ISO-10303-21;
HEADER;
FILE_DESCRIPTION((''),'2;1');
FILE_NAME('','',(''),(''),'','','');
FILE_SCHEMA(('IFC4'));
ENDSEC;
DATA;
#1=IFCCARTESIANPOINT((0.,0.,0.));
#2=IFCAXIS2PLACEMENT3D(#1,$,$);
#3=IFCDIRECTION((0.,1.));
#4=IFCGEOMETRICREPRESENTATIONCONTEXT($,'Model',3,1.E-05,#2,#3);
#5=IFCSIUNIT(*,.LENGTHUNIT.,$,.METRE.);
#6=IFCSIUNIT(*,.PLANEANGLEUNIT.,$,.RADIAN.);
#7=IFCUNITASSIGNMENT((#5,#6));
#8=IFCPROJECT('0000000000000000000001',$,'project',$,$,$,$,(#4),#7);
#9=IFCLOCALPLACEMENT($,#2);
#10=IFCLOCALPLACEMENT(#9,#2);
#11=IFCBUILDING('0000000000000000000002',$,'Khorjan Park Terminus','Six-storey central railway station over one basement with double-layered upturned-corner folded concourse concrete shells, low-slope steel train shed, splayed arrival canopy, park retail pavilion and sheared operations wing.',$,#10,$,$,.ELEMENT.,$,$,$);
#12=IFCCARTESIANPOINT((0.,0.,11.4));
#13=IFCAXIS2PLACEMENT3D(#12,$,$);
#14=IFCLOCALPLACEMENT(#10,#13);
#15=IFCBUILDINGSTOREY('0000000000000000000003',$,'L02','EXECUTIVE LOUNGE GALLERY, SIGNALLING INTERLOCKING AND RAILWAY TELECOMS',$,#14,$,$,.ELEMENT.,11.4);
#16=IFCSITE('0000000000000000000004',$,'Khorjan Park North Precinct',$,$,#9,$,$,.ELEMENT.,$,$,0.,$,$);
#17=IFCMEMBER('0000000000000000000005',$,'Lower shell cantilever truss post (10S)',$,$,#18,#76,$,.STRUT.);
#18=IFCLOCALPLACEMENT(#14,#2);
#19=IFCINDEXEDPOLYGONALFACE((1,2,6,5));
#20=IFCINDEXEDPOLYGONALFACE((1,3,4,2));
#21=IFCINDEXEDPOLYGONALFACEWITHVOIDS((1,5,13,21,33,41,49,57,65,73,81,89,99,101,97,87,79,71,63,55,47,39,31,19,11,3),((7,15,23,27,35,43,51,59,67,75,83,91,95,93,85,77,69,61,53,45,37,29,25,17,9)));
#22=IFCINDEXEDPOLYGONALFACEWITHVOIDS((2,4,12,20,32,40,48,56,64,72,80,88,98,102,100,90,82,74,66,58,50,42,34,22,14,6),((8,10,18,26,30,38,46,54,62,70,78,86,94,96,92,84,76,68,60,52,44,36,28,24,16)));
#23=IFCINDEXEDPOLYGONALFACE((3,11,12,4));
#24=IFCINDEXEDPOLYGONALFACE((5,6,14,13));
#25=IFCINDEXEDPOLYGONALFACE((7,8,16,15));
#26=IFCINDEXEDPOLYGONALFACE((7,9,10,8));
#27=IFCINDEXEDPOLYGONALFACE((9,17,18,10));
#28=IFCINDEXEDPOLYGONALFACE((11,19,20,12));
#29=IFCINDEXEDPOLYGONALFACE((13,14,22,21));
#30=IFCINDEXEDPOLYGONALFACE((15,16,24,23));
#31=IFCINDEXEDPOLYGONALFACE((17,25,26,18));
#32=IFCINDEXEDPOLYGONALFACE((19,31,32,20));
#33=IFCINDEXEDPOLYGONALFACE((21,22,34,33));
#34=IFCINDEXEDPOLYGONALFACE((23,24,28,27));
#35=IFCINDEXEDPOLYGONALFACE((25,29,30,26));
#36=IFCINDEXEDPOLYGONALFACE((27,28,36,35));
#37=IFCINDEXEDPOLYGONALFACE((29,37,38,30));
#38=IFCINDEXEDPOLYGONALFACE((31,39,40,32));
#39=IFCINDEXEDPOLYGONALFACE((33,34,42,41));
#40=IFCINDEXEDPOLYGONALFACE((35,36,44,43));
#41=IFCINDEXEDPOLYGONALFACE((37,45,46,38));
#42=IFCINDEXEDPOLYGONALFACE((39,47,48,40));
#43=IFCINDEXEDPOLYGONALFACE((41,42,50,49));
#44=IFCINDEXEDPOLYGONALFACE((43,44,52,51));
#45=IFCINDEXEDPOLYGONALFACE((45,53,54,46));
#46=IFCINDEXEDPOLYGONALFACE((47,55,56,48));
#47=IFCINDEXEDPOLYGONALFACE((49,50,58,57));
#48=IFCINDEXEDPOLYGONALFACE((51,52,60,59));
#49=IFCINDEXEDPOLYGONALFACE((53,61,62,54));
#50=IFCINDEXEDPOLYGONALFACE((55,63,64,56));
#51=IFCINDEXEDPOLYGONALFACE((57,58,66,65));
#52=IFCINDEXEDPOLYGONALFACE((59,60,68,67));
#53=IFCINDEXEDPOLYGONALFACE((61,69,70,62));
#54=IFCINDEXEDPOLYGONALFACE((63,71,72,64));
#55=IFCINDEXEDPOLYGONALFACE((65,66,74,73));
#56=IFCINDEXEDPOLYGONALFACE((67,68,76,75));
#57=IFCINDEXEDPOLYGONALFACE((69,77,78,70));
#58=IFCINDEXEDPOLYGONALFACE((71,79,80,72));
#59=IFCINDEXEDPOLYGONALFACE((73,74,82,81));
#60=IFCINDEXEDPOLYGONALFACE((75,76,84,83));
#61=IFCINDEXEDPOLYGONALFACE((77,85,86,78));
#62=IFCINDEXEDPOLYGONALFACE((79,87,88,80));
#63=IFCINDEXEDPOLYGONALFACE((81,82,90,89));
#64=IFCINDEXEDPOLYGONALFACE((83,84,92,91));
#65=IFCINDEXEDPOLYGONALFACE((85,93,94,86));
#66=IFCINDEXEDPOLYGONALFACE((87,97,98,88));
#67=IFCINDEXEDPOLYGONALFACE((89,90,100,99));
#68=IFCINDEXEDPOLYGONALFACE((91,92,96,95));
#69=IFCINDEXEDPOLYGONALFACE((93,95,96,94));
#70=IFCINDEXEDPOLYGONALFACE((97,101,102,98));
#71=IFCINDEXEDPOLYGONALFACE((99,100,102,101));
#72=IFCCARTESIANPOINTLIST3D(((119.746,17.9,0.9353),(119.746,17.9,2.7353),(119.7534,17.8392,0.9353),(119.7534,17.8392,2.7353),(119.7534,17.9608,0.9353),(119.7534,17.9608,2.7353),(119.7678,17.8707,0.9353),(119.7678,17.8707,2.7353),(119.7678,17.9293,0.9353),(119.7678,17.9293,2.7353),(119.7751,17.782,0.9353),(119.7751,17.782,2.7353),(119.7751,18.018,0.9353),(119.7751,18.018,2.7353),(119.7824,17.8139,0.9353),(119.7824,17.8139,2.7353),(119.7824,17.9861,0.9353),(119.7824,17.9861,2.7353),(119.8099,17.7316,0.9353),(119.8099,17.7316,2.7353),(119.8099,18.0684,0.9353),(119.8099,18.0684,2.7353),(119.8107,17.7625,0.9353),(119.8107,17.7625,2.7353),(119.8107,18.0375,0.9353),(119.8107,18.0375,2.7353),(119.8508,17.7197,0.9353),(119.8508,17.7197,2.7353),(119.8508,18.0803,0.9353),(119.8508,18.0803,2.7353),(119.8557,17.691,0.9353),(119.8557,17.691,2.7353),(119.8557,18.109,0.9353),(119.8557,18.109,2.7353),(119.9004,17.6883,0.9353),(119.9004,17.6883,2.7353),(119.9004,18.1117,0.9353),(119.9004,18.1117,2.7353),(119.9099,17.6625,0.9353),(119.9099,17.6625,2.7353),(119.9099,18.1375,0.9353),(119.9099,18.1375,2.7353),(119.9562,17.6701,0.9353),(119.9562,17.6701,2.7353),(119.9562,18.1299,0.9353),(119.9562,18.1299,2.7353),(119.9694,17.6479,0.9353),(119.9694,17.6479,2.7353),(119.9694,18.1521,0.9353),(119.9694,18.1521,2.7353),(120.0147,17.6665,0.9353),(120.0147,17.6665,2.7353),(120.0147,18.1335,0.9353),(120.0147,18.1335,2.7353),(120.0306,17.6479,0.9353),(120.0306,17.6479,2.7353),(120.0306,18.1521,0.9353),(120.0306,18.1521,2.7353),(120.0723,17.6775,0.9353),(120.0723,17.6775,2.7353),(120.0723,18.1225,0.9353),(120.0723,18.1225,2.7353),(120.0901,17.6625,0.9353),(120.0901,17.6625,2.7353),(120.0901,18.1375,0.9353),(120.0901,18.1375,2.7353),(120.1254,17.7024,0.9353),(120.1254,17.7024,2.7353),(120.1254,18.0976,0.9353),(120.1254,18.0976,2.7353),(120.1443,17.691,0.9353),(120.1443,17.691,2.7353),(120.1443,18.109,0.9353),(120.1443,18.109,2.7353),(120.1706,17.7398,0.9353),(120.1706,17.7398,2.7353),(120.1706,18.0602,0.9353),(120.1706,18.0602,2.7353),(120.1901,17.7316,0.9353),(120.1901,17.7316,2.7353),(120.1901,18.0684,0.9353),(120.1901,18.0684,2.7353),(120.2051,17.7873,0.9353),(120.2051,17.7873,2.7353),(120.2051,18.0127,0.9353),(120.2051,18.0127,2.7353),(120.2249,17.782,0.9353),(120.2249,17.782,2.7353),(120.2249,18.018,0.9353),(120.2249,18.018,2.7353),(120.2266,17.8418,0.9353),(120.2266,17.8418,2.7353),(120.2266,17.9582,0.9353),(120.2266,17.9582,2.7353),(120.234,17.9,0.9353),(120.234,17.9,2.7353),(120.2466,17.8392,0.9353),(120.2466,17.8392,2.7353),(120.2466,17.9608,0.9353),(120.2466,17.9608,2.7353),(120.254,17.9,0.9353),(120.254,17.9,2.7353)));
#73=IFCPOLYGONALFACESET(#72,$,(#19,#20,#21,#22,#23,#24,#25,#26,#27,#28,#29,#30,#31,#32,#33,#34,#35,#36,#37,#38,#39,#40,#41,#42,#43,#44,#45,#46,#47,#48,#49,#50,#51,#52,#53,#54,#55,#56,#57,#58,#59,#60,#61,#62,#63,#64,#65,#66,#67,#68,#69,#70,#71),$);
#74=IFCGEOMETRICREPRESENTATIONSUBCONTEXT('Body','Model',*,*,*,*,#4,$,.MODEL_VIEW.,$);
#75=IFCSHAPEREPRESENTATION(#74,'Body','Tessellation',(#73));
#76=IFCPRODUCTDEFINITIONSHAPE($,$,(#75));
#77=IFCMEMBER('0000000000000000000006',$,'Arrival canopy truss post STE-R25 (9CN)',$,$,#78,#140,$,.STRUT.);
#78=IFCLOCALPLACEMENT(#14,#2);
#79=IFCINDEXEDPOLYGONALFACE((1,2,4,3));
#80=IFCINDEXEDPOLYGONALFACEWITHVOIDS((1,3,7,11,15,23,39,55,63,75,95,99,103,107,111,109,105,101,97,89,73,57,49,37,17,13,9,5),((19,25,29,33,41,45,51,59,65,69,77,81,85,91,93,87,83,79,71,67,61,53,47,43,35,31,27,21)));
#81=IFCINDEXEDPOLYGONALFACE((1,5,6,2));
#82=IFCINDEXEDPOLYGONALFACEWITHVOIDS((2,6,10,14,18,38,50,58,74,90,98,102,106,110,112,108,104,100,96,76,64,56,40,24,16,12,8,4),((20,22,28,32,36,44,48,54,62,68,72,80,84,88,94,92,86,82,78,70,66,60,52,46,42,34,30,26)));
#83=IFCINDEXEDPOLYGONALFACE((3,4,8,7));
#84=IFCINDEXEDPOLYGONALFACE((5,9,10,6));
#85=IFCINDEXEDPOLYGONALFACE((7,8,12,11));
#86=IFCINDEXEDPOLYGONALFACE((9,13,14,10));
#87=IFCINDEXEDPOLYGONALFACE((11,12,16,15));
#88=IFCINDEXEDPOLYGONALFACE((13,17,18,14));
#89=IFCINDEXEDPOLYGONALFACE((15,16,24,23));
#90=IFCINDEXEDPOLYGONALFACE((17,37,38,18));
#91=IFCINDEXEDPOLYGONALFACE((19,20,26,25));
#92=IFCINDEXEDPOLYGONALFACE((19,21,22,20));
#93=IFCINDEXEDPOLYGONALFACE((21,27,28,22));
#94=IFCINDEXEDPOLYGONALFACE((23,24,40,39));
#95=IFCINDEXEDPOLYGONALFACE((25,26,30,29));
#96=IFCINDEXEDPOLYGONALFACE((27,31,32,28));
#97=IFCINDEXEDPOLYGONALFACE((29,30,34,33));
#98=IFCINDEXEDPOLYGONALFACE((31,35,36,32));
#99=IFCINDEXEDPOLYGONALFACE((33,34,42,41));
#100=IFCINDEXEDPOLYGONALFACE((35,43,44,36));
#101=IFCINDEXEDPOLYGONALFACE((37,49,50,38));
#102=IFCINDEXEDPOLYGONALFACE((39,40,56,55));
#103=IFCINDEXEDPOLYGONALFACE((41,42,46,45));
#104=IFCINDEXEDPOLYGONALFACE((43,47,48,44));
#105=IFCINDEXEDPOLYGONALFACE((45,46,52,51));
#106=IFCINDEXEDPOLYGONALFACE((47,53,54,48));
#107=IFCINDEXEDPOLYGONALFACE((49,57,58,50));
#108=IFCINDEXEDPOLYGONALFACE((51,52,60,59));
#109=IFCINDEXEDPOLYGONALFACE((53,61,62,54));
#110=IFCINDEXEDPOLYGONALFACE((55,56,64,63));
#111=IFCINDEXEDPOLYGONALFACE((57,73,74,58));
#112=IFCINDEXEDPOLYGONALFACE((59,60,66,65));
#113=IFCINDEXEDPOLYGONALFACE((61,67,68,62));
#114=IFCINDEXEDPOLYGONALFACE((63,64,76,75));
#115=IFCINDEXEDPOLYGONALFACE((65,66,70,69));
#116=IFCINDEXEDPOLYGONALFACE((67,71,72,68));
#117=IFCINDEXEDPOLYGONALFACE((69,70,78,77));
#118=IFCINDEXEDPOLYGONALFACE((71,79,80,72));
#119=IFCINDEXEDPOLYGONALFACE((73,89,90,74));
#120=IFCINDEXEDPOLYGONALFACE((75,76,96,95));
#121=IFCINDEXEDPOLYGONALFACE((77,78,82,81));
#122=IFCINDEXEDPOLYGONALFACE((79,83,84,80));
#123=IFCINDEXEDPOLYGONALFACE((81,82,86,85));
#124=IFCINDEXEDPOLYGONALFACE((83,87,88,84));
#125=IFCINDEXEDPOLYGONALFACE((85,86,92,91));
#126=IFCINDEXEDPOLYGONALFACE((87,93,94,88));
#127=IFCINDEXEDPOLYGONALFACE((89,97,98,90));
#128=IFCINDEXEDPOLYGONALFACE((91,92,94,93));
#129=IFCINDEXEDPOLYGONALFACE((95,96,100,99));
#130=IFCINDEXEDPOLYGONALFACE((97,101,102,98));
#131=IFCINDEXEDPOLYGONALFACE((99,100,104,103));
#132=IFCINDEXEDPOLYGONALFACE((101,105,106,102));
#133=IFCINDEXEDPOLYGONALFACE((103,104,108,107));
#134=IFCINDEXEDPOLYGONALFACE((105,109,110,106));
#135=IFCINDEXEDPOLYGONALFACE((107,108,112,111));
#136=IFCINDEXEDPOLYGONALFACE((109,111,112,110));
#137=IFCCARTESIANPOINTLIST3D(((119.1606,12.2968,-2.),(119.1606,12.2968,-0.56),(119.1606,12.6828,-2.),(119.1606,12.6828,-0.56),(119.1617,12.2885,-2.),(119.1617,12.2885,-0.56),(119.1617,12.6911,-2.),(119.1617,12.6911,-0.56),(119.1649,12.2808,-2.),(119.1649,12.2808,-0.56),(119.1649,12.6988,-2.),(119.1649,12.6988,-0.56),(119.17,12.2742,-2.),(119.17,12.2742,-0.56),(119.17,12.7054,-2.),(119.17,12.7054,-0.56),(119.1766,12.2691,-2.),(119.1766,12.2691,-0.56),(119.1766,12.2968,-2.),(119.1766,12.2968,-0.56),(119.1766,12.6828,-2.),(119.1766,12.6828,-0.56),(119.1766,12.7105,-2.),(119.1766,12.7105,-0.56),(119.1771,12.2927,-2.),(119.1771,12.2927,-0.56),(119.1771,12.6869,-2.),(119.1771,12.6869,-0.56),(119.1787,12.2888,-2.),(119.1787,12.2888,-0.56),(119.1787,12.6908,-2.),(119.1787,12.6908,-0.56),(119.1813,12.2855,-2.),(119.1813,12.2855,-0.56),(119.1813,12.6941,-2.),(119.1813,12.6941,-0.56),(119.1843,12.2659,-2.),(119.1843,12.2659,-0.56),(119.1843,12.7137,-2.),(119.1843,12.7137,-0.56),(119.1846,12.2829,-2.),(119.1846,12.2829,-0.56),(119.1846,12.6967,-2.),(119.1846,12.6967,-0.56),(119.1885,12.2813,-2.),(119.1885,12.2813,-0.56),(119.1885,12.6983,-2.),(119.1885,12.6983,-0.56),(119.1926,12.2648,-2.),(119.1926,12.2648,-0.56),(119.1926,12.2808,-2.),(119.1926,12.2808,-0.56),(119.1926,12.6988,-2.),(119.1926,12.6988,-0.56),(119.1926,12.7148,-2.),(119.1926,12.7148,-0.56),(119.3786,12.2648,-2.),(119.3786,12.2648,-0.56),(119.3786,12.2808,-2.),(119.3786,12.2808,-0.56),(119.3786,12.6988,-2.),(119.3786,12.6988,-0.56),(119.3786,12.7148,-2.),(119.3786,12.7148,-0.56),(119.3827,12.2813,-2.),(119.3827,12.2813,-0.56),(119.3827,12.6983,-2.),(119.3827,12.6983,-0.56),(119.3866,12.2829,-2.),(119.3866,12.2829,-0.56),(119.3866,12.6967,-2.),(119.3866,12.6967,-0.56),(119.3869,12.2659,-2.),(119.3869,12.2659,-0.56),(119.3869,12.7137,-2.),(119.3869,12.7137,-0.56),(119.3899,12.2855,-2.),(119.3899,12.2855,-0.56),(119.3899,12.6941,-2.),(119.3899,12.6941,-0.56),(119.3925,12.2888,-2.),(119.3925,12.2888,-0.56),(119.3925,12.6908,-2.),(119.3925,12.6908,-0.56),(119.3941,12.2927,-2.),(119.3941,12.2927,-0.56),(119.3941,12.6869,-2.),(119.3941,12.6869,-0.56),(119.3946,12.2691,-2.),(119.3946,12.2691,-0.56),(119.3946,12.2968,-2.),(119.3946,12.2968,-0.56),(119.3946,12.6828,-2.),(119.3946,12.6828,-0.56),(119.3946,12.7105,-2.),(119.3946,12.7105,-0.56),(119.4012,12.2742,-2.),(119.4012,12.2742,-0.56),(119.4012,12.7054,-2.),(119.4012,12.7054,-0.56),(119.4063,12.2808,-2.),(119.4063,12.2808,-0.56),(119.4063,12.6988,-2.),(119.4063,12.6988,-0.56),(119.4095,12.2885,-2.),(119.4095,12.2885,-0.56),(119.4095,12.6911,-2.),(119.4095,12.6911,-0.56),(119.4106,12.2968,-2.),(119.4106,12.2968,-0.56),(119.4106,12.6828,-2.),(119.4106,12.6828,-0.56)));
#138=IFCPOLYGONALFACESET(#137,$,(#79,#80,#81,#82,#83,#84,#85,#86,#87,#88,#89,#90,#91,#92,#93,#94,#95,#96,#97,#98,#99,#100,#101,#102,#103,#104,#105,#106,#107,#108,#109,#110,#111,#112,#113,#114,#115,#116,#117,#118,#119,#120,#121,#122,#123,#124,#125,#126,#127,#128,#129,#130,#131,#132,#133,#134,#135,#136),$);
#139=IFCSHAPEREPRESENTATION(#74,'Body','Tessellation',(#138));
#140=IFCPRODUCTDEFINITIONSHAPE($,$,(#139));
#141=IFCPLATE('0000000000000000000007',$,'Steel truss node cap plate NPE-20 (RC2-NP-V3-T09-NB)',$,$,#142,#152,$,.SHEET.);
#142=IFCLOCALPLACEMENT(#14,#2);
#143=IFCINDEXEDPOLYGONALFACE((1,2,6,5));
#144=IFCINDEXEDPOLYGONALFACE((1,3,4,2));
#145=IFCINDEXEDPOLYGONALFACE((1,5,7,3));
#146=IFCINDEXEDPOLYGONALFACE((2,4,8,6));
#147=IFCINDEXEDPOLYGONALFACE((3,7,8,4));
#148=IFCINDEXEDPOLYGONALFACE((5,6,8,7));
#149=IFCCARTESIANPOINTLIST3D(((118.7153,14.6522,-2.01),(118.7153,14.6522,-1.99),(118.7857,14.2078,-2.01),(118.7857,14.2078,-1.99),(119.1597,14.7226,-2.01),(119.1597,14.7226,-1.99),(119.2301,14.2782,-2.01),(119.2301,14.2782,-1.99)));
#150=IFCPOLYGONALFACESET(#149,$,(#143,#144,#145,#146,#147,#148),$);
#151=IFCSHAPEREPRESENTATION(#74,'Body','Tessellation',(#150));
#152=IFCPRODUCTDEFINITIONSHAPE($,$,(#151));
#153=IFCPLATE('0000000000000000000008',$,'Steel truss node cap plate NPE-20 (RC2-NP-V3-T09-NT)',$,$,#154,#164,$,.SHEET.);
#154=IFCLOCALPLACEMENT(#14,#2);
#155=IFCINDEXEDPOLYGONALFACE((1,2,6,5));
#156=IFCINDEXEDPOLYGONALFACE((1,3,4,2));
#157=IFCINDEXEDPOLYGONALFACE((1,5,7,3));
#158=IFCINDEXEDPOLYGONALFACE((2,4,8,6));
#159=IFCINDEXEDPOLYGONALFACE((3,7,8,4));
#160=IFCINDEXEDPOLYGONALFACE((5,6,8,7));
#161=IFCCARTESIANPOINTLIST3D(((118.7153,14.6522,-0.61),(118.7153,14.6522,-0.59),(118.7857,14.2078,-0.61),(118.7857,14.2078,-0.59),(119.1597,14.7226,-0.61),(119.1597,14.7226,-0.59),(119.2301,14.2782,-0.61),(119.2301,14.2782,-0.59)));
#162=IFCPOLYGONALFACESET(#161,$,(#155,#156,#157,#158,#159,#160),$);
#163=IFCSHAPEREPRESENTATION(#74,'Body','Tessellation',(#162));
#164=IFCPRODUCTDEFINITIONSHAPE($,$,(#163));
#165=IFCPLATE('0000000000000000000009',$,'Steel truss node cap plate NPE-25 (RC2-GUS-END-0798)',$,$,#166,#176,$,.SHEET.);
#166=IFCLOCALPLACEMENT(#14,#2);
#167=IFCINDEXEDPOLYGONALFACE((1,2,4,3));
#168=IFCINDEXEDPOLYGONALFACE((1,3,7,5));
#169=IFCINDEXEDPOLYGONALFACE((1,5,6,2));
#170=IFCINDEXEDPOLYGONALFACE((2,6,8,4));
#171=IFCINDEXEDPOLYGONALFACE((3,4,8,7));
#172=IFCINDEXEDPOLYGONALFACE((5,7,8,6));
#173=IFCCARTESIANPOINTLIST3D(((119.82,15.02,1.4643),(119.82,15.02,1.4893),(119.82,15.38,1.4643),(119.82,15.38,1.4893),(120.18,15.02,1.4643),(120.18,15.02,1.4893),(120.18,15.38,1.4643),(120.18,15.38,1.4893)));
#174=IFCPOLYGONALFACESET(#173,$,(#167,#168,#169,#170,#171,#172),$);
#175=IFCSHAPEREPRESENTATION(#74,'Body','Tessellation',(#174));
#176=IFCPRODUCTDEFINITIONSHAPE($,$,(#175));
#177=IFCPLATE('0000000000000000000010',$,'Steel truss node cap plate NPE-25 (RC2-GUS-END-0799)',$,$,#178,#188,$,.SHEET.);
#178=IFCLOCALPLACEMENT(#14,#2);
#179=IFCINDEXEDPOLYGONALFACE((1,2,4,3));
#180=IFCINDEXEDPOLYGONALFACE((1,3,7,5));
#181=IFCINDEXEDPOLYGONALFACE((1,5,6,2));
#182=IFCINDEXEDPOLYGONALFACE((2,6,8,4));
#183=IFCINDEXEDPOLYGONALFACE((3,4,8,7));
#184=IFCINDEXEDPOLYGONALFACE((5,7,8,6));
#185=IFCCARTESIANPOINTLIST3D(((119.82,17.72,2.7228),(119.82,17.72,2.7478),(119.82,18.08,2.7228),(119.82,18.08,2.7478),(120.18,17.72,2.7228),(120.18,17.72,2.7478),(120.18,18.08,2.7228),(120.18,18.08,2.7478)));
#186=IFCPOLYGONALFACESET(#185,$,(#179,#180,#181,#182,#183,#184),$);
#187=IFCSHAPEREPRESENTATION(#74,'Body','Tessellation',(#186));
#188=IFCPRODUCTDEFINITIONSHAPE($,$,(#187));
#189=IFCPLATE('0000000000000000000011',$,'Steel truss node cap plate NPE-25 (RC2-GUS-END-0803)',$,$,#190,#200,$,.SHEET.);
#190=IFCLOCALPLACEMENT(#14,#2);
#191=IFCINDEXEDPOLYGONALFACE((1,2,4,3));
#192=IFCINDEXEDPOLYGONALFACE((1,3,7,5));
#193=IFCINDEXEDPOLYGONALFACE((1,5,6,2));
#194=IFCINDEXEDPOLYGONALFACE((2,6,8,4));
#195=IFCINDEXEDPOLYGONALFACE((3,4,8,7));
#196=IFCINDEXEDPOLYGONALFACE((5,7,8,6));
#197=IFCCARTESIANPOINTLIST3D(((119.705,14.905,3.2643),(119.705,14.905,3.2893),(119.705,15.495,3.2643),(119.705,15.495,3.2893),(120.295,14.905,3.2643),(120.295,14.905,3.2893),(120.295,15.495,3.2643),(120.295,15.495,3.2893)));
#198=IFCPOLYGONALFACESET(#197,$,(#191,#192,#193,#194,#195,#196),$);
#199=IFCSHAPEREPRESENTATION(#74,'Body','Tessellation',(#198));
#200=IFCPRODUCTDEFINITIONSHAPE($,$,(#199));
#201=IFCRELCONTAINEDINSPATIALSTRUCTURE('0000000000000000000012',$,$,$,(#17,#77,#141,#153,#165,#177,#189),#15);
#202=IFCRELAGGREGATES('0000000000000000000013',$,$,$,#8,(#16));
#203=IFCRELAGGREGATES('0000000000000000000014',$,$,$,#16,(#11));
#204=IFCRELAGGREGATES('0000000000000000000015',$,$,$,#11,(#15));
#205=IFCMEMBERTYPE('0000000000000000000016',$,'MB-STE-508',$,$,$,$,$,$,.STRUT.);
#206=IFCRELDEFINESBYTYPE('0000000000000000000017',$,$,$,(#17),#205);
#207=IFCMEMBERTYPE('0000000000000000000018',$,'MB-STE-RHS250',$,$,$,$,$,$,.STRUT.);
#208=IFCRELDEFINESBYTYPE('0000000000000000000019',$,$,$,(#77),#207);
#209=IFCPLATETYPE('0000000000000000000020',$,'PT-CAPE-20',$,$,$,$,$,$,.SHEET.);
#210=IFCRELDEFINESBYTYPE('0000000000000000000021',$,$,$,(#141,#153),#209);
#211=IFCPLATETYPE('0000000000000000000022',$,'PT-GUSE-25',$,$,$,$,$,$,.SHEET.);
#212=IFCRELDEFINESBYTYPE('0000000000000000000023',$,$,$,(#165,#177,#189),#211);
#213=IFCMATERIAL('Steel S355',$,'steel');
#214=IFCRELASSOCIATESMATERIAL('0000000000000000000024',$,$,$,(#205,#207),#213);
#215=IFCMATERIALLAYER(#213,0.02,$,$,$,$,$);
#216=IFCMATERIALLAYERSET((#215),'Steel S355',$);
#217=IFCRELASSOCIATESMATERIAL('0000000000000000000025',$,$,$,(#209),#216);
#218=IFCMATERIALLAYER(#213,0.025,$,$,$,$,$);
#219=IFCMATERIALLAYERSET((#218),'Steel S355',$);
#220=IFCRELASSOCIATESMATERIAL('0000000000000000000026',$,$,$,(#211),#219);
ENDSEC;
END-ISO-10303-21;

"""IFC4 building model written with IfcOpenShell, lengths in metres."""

from ifc_helpers import new_model, si_unit, direction, frame, origin, origin_2d, place, context, subcontext, project, spatial, rectangle, hollow_rectangle, hollow_circle, extrude, material, layer, layer_set, material_profile, profile_set, type_object, element, save


model = new_model("IFC4")

# Units and contexts
model_context = context("Model", 3, precision=1e-05, world=origin(), true_north=direction((0.0, 1.0)))
body_context = subcontext(model_context, "Body", "Model", "MODEL_VIEW")
ifc_project = project(units=[si_unit("LENGTHUNIT", "METRE"), si_unit("PLANEANGLEUNIT", "RADIAN")], contexts=[model_context])

# Site, building, storey
site_placement = place(None, origin())
site = spatial("IfcSite", under=ifc_project, at=site_placement, Name="Khorjan Park North Precinct", CompositionType="ELEMENT", RefElevation=0.0)
building_placement = place(site_placement, origin())
building = spatial("IfcBuilding", under=site, at=building_placement, Name="Khorjan Park Terminus", Description="Six-storey central railway station over one basement with double-layered upturned-corner folded concourse concrete shells, low-slope steel train shed, splayed arrival canopy, park retail pavilion and sheared operations wing.", CompositionType="ELEMENT")
storey_placement = place(building_placement, frame((0.0, 0.0, 11.4)))
storey = spatial("IfcBuildingStorey", under=building, at=storey_placement, Name="L02", Description="EXECUTIVE LOUNGE GALLERY, SIGNALLING INTERLOCKING AND RAILWAY TELECOMS", CompositionType="ELEMENT", Elevation=11.4)

# Members
ifc_material = material(Name="Steel S355", Category="steel")
ifc_material_profile_1 = material_profile(ifc_material, hollow_circle(Radius=0.254, WallThickness=0.02, at=origin_2d()), Name="CHS 508x20")
ifc_profile_set_1 = profile_set([ifc_material_profile_1], Name="Steel S355")
member_type_1 = type_object("IfcMemberType", Name="MB-STE-508", PredefinedType="STRUT", material=ifc_profile_set_1)
for number, where, z_axis, x_axis, name in (
    (1, (120.0, 17.9, 0.9353), (0.0, 0.0, 1.0), (1.0, 0.0, 0.0), "Lower shell cantilever truss post (10S)"),
):
    element("IfcMember", number, at=place(storey_placement, frame(where, z_axis=z_axis, x_axis=x_axis)), inside=storey, type_object=member_type_1, Name=name, PredefinedType="STRUT", context=body_context, shape_type="SweptSolid", body=[
        extrude(hollow_circle(Radius=0.254, WallThickness=0.02, at=origin_2d()), origin(), (0.0, 0.0, 1.0), 1.8),
    ])
ifc_material_profile_2 = material_profile(ifc_material, hollow_rectangle(XDim=0.25, YDim=0.45, WallThickness=0.016, InnerFilletRadius=0.016, OuterFilletRadius=0.032, at=origin_2d()), Name="RHS 450x250x16")
ifc_profile_set_2 = profile_set([ifc_material_profile_2], Name="Steel S355")
member_type_2 = type_object("IfcMemberType", Name="MB-STE-RHS250", PredefinedType="STRUT", material=ifc_profile_set_2)
member_1_placement = place(storey_placement, frame((119.2856, 12.4898, -2.0), z_axis=(0.0, 0.0, 1.0), x_axis=(1.0, 0.0, 0.0)))
element("IfcMember", 2, at=member_1_placement, inside=storey, type_object=member_type_2, Name="Arrival canopy truss post STE-R25 (9CN)", PredefinedType="STRUT", context=body_context, shape_type="SweptSolid", body=[
    extrude(hollow_rectangle(XDim=0.25, YDim=0.45, WallThickness=0.016, InnerFilletRadius=0.016, OuterFilletRadius=0.032, at=origin_2d()), origin(), (0.0, 0.0, 1.0), 1.44),
])

# Plates
ifc_layer_1 = layer(ifc_material, 0.02)
ifc_layer_set_1 = layer_set([ifc_layer_1], Name="Steel S355")
plate_type_1 = type_object("IfcPlateType", Name="PT-CAPE-20", PredefinedType="SHEET", material=ifc_layer_set_1)
for number, where, z_axis, x_axis, name in (
    (3, (118.9727, 14.4652, -2.01), (0.0, 0.0, 1.0), (0.987688, 0.156434, 0.0), "Steel truss node cap plate NPE-20 (RC2-NP-V3-T09-NB)"),
    (4, (118.9727, 14.4652, -0.61), (0.0, 0.0, 1.0), (0.987688, 0.156434, 0.0), "Steel truss node cap plate NPE-20 (RC2-NP-V3-T09-NT)"),
):
    element("IfcPlate", number, at=place(storey_placement, frame(where, z_axis=z_axis, x_axis=x_axis)), inside=storey, type_object=plate_type_1, Name=name, PredefinedType="SHEET", context=body_context, shape_type="SweptSolid", body=[
        extrude(rectangle(XDim=0.45, YDim=0.45, at=origin_2d()), origin(), (0.0, 0.0, 1.0), 0.02),
    ])
ifc_layer_2 = layer(ifc_material, 0.025)
ifc_layer_set_2 = layer_set([ifc_layer_2], Name="Steel S355")
plate_type_2 = type_object("IfcPlateType", Name="PT-GUSE-25", PredefinedType="SHEET", material=ifc_layer_set_2)
for number, where, z_axis, x_axis, name in (
    (5, (120.0, 15.2, 1.4643), (0.0, 0.0, 1.0), (1.0, 0.0, 0.0), "Steel truss node cap plate NPE-25 (RC2-GUS-END-0798)"),
    (6, (120.0, 17.9, 2.7228), (0.0, 0.0, 1.0), (1.0, 0.0, 0.0), "Steel truss node cap plate NPE-25 (RC2-GUS-END-0799)"),
):
    element("IfcPlate", number, at=place(storey_placement, frame(where, z_axis=z_axis, x_axis=x_axis)), inside=storey, type_object=plate_type_2, Name=name, PredefinedType="SHEET", context=body_context, shape_type="SweptSolid", body=[
        extrude(rectangle(XDim=0.36, YDim=0.36, at=origin_2d()), origin(), (0.0, 0.0, 1.0), 0.025),
    ])
for number, where, z_axis, x_axis, name in (
    (7, (120.0, 15.2, 3.2643), (0.0, 0.0, 1.0), (1.0, 0.0, 0.0), "Steel truss node cap plate NPE-25 (RC2-GUS-END-0803)"),
):
    element("IfcPlate", number, at=place(storey_placement, frame(where, z_axis=z_axis, x_axis=x_axis)), inside=storey, type_object=plate_type_2, Name=name, PredefinedType="SHEET", context=body_context, shape_type="SweptSolid", body=[
        extrude(rectangle(XDim=0.59, YDim=0.59, at=origin_2d()), origin(), (0.0, 0.0, 1.0), 0.025),
    ])

save(model, "model.ifc")
